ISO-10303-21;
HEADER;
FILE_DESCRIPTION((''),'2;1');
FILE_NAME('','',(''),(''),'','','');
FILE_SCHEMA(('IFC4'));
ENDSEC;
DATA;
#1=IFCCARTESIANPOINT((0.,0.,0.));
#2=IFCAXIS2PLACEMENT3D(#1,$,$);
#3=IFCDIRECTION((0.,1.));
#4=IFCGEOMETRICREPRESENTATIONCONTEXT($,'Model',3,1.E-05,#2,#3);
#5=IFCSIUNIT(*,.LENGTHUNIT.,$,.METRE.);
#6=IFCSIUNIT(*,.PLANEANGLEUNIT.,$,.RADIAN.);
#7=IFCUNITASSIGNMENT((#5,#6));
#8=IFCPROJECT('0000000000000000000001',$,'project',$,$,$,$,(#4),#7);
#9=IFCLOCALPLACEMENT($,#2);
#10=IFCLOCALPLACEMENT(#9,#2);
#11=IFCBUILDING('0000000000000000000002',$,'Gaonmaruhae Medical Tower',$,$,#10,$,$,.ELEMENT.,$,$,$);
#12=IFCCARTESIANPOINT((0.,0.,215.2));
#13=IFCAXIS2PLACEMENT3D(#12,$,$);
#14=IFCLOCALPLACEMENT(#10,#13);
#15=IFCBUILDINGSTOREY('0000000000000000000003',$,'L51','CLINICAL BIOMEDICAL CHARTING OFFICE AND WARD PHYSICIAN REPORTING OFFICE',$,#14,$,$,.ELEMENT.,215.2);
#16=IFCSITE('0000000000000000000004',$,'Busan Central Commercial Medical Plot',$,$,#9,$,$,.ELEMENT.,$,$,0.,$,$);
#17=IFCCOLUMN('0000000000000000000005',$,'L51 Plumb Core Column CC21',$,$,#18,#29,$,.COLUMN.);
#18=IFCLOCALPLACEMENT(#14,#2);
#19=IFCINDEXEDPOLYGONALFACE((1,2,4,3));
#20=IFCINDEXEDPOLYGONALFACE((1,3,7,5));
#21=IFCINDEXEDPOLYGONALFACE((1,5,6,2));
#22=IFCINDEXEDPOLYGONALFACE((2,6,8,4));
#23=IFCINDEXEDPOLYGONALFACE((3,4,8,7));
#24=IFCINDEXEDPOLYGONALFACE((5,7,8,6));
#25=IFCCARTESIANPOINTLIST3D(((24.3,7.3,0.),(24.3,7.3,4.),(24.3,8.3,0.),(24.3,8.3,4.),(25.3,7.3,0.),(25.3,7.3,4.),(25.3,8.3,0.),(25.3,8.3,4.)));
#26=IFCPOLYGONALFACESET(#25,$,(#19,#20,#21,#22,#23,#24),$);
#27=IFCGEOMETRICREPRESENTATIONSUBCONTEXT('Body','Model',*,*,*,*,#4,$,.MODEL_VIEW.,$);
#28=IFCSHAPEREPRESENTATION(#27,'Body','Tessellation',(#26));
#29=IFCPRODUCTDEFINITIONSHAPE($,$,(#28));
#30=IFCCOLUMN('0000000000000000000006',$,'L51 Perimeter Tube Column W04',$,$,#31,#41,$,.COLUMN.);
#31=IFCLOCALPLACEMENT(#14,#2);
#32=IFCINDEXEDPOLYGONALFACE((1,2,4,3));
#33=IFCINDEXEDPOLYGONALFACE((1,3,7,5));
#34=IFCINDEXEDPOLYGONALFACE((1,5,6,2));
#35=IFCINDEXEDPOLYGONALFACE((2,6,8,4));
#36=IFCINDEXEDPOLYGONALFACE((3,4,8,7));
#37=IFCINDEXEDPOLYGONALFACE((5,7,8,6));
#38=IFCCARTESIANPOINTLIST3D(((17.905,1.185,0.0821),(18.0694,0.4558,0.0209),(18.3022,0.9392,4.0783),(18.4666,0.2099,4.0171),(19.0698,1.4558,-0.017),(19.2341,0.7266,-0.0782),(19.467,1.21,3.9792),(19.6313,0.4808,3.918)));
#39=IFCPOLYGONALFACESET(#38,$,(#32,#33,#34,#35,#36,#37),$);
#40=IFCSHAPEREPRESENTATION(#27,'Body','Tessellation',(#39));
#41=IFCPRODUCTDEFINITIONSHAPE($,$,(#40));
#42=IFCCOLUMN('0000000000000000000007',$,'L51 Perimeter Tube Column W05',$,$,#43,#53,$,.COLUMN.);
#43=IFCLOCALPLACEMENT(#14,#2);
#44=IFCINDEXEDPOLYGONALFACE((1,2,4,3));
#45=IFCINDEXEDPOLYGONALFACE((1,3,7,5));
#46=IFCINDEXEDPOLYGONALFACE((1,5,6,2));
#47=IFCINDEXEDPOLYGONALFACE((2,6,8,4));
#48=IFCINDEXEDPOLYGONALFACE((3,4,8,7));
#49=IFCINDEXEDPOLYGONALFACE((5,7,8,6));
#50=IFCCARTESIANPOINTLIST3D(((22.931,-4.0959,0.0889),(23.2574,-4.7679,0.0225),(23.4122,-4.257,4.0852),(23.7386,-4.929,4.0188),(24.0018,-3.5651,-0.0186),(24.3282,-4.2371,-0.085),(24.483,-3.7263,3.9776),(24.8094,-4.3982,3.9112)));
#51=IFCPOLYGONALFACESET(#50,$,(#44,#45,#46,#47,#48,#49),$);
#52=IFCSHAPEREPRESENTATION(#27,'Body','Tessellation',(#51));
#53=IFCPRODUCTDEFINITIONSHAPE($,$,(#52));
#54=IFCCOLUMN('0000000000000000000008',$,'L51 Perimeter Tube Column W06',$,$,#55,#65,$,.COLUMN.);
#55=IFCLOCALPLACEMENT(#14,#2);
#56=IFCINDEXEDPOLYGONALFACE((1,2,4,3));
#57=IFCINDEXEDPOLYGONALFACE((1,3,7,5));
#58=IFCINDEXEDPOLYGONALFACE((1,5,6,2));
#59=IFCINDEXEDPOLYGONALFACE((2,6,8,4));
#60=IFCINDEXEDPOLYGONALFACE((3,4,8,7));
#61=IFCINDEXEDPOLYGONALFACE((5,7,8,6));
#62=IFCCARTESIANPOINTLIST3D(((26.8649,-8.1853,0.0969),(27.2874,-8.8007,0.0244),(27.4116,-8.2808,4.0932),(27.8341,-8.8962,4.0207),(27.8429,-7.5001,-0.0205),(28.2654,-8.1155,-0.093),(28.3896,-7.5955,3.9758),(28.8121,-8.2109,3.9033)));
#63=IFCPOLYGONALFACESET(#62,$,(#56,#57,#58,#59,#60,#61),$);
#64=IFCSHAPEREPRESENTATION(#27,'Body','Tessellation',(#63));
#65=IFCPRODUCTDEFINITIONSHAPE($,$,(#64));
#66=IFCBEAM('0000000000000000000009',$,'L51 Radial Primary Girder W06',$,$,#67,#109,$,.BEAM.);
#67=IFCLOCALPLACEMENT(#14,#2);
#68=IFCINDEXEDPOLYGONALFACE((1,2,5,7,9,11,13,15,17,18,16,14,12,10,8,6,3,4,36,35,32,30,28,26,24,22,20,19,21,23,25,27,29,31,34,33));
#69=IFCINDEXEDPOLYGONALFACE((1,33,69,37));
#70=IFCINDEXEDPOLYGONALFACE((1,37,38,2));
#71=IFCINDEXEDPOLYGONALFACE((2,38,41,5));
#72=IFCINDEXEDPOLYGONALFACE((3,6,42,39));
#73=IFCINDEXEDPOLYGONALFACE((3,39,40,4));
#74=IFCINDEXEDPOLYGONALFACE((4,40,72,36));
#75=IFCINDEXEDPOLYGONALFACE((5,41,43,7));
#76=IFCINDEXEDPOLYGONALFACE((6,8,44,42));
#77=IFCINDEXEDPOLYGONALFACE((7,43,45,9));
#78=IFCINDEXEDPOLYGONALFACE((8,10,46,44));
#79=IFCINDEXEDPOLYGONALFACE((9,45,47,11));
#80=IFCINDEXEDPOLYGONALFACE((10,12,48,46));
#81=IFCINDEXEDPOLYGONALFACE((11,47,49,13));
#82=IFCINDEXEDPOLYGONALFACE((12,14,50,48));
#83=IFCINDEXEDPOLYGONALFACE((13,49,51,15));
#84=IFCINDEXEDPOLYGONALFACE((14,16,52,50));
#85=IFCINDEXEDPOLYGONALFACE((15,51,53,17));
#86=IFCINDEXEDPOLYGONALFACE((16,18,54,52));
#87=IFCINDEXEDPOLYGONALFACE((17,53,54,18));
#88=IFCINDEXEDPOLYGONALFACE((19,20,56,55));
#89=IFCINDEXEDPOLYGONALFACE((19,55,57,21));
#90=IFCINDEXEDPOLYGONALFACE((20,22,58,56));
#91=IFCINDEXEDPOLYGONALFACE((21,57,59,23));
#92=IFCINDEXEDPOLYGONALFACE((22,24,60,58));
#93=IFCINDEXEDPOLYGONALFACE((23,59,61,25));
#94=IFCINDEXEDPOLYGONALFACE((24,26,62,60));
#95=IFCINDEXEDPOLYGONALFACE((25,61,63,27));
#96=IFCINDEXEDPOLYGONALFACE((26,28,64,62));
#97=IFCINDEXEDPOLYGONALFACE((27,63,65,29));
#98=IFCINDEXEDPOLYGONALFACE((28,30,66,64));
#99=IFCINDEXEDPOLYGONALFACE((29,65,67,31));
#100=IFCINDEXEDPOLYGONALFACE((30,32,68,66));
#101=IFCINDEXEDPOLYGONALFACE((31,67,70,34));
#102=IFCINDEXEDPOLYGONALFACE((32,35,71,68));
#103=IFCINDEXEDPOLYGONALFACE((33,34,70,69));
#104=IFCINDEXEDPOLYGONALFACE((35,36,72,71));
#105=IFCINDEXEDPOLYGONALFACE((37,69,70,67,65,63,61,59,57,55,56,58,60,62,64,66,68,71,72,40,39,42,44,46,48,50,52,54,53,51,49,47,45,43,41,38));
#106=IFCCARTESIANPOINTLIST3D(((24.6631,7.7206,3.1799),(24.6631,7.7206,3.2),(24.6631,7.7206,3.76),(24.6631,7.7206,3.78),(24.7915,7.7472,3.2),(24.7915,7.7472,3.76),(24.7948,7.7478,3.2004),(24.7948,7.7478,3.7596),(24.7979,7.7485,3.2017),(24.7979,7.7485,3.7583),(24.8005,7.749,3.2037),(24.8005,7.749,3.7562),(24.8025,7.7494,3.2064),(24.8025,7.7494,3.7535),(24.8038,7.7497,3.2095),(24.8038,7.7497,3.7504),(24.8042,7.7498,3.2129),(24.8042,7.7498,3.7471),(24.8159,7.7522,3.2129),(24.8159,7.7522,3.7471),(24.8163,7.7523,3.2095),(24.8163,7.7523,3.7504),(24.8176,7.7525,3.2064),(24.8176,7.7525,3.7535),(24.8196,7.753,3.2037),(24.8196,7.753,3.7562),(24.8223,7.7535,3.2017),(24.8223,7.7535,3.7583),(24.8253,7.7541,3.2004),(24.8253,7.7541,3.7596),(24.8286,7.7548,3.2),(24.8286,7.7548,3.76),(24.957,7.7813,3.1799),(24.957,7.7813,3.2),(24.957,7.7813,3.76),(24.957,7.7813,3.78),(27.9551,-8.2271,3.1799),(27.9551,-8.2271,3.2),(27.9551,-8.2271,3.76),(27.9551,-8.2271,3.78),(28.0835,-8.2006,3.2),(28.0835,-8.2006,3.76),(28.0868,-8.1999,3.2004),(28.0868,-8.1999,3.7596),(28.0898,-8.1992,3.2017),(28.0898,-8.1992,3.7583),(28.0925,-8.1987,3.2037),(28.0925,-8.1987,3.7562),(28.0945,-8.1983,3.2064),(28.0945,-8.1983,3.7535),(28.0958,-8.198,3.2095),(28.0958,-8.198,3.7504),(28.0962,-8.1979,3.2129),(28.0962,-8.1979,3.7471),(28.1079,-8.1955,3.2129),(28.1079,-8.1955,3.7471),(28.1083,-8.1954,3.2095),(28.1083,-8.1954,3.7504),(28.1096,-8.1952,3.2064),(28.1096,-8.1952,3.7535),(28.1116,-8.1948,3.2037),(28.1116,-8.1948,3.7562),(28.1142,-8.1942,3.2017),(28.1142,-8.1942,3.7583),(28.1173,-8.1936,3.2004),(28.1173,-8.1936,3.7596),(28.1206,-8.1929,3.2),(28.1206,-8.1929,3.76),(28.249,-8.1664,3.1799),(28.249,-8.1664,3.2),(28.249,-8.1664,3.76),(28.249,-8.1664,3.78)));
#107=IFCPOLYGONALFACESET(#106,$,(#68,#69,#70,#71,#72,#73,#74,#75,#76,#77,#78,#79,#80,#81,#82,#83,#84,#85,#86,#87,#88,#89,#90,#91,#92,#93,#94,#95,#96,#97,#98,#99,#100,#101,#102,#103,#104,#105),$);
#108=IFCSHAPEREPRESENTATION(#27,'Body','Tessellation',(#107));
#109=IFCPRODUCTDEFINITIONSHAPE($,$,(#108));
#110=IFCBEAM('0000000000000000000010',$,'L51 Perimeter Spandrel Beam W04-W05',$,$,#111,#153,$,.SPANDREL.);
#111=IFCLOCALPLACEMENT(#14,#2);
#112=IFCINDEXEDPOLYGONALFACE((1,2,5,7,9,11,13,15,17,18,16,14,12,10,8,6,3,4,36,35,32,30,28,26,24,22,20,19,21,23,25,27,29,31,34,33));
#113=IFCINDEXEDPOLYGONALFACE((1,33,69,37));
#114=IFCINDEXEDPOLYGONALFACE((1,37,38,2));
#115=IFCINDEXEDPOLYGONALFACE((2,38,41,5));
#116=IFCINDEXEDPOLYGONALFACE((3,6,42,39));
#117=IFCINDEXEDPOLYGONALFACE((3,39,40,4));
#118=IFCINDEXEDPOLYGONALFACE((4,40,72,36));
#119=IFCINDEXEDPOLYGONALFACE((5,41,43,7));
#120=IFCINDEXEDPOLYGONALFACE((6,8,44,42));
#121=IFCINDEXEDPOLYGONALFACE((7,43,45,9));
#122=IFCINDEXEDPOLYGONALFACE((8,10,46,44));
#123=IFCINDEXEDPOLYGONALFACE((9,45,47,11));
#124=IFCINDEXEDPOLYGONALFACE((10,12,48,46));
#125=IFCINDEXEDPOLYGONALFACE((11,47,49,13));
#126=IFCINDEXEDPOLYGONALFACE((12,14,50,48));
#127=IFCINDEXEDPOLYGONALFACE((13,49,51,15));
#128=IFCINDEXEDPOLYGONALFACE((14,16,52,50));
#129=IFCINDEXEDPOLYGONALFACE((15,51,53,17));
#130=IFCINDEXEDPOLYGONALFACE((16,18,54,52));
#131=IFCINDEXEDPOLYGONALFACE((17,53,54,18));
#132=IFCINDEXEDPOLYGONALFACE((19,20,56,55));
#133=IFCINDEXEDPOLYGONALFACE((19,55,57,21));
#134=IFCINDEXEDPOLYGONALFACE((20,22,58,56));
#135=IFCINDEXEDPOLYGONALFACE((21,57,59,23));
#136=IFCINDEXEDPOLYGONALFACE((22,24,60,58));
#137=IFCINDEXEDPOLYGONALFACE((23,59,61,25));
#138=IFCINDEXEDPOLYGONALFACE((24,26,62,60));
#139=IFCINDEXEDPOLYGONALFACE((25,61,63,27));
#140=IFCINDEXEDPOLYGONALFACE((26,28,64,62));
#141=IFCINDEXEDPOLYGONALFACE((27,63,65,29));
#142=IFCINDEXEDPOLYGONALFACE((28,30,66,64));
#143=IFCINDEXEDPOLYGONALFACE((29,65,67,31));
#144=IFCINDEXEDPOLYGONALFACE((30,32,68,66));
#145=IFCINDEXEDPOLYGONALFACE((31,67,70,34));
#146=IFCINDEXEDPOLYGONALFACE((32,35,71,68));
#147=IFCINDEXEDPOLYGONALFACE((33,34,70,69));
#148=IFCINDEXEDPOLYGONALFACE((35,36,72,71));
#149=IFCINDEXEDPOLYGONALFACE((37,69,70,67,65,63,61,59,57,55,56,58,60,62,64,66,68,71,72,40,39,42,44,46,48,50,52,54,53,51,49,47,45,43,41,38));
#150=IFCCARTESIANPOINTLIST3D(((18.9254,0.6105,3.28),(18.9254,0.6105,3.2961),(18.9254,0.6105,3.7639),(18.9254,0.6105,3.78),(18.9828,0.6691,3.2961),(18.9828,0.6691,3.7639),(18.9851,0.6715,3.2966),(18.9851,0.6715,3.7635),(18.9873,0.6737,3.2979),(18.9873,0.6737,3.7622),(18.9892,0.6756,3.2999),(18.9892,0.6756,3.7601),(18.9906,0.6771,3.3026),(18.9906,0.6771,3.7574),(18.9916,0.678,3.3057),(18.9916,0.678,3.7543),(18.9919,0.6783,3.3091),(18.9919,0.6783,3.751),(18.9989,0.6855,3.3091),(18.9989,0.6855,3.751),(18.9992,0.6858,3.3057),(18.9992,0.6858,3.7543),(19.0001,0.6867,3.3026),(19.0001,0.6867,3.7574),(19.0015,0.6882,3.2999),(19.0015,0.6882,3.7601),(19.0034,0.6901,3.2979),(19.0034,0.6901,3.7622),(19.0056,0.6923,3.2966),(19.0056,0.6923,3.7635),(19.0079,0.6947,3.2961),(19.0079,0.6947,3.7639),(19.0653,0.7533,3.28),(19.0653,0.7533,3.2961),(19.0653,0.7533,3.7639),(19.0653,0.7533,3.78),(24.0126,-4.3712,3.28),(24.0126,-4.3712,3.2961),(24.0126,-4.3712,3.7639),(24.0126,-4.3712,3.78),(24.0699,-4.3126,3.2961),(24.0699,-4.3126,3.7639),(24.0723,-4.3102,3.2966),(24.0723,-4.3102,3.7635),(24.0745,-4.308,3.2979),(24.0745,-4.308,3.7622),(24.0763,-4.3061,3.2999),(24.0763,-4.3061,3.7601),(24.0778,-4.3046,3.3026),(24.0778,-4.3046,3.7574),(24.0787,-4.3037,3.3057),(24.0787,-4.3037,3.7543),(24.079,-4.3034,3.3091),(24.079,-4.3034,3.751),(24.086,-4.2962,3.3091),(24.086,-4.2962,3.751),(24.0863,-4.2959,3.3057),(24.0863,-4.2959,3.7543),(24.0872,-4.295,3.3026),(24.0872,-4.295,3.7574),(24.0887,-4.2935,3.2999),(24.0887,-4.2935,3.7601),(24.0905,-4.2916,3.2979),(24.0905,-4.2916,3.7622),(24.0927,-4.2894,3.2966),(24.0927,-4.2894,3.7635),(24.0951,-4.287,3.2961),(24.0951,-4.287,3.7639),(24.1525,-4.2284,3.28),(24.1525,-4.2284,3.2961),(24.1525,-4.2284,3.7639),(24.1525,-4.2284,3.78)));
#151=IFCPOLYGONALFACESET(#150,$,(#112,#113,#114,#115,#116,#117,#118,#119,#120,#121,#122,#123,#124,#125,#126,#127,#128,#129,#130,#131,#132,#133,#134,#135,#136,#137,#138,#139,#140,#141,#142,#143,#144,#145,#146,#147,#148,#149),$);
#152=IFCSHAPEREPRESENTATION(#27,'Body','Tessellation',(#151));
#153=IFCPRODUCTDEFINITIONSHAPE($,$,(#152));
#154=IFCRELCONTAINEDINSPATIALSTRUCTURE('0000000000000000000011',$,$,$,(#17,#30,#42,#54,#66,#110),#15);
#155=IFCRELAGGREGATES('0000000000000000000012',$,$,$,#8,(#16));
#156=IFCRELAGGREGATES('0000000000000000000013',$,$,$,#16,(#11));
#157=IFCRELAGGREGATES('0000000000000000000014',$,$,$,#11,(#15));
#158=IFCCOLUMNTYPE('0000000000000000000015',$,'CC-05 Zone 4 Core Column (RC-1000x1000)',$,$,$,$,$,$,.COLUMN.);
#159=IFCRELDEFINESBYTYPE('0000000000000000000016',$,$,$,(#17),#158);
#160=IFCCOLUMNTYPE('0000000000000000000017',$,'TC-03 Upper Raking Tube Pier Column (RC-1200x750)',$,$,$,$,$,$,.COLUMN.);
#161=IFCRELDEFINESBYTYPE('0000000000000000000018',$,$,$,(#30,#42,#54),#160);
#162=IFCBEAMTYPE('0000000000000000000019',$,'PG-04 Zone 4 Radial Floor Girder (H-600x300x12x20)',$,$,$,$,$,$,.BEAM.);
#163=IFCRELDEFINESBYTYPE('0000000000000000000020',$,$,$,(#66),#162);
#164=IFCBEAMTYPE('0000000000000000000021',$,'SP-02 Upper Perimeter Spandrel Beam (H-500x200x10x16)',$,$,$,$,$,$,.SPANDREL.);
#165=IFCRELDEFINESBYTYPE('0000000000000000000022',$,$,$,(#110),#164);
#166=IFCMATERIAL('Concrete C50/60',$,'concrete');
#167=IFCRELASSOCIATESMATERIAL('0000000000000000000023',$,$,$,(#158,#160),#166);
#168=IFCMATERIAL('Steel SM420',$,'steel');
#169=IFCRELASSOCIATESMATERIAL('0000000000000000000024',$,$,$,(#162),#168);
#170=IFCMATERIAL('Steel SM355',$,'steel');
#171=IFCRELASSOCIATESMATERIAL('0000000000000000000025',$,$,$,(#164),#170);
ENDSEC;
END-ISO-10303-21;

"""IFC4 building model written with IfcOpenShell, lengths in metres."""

from ifc_helpers import new_model, si_unit, direction, frame, origin, origin_2d, place, context, subcontext, project, spatial, rectangle, i_section, extrude, material, material_profile, profile_set, type_object, element, save


model = new_model("IFC4")

# Units and contexts
model_context = context("Model", 3, precision=1e-05, world=origin(), true_north=direction((0.0, 1.0)))
body_context = subcontext(model_context, "Body", "Model", "MODEL_VIEW")
ifc_project = project(units=[si_unit("LENGTHUNIT", "METRE"), si_unit("PLANEANGLEUNIT", "RADIAN")], contexts=[model_context])

# Site, building, storey
site_placement = place(None, origin())
site = spatial("IfcSite", under=ifc_project, at=site_placement, Name="Busan Central Commercial Medical Plot", CompositionType="ELEMENT", RefElevation=0.0)
building_placement = place(site_placement, origin())
building = spatial("IfcBuilding", under=site, at=building_placement, Name="Gaonmaruhae Medical Tower", CompositionType="ELEMENT")
storey_placement = place(building_placement, frame((0.0, 0.0, 215.2)))
storey = spatial("IfcBuildingStorey", under=building, at=storey_placement, Name="L51", Description="CLINICAL BIOMEDICAL CHARTING OFFICE AND WARD PHYSICIAN REPORTING OFFICE", CompositionType="ELEMENT", Elevation=215.2)

# Columns
ifc_material_1 = material(Name="Concrete C50/60", Category="concrete")
ifc_material_profile_1 = material_profile(ifc_material_1, rectangle(XDim=1.0, YDim=1.0, at=origin_2d()), Name="RC-1000x1000")
ifc_profile_set_1 = profile_set([ifc_material_profile_1], Name="Concrete C50/60")
column_type_1 = type_object("IfcColumnType", Name="CC-05 Zone 4 Core Column (RC-1000x1000)", PredefinedType="COLUMN", material=ifc_profile_set_1)
column_1_placement = place(storey_placement, frame((24.8, 7.8, 0.0), z_axis=(0.0, 0.0, 1.0), x_axis=(1.0, 0.0, 0.0)))
element("IfcColumn", 1, at=column_1_placement, inside=storey, type_object=column_type_1, Name="L51 Plumb Core Column CC21", PredefinedType="COLUMN", context=body_context, shape_type="SweptSolid", body=[
    extrude(rectangle(XDim=1.0, YDim=1.0, at=origin_2d()), origin(), (0.0, 0.0, 1.0), 4.0),
])
ifc_material_profile_2 = material_profile(ifc_material_1, rectangle(XDim=1.2, YDim=0.75, at=origin_2d()), Name="RC-1200x750")
ifc_profile_set_2 = profile_set([ifc_material_profile_2], Name="Concrete C50/60")
column_type_2 = type_object("IfcColumnType", Name="TC-03 Upper Raking Tube Pier Column (RC-1200x750)", PredefinedType="COLUMN", material=ifc_profile_set_2)
column_2_placement = place(storey_placement, frame((18.5696, 0.9558, 0.002), z_axis=(0.098723, -0.061103, 0.993237), x_axis=(-0.970688, -0.225703, 0.082597)))
element("IfcColumn", 2, at=column_2_placement, inside=storey, type_object=column_type_2, Name="L51 Perimeter Tube Column W04", PredefinedType="COLUMN", context=body_context, shape_type="SweptSolid", body=[
    extrude(rectangle(XDim=1.2, YDim=0.75, at=origin_2d()), origin(), (0.0, 0.0, 1.0), 4.0234),
])
column_3_placement = place(storey_placement, frame((23.6296, -4.1665, 0.002), z_axis=(0.119451, -0.039999, 0.992034), x_axis=(-0.892373, -0.442312, 0.089617)))
element("IfcColumn", 3, at=column_3_placement, inside=storey, type_object=column_type_2, Name="L51 Perimeter Tube Column W05", PredefinedType="COLUMN", context=body_context, shape_type="SweptSolid", body=[
    extrude(rectangle(XDim=1.2, YDim=0.75, at=origin_2d()), origin(), (0.0, 0.0, 1.0), 4.0283),
])
column_4_placement = place(storey_placement, frame((27.5652, -8.1504, 0.002), z_axis=(0.135483, -0.02366, 0.990497), x_axis=(-0.815045, -0.571077, 0.097843)))
element("IfcColumn", 4, at=column_4_placement, inside=storey, type_object=column_type_2, Name="L51 Perimeter Tube Column W06", PredefinedType="COLUMN", context=body_context, shape_type="SweptSolid", body=[
    extrude(rectangle(XDim=1.2, YDim=0.75, at=origin_2d()), origin(), (0.0, 0.0, 1.0), 4.0347),
])

# Beams
ifc_material_2 = material(Name="Steel SM420", Category="steel")
ifc_material_profile_3 = material_profile(ifc_material_2, i_section(OverallWidth=0.3, OverallDepth=0.6001, WebThickness=0.012, FlangeThickness=0.02, FilletRadius=0.0129, at=origin_2d()), Name="H-600x300x12x20")
ifc_profile_set_3 = profile_set([ifc_material_profile_3], Name="Steel SM420")
beam_type_1 = type_object("IfcBeamType", Name="PG-04 Zone 4 Radial Floor Girder (H-600x300x12x20)", PredefinedType="BEAM", material=ifc_profile_set_3)
beam_1_placement = place(storey_placement, frame((24.8101, 7.751, 3.48), z_axis=(0.202161, -0.979352, 0.0), x_axis=(0.979352, 0.202161, 0.0)))
element("IfcBeam", 5, at=beam_1_placement, inside=storey, type_object=beam_type_1, Name="L51 Radial Primary Girder W06", PredefinedType="BEAM", context=body_context, shape_type="SweptSolid", body=[
    extrude(i_section(OverallWidth=0.3, OverallDepth=0.6001, WebThickness=0.012, FlangeThickness=0.02, FilletRadius=0.0129, at=origin_2d()), origin(), (0.0, 0.0, 1.0), 16.2839),
])
ifc_material_3 = material(Name="Steel SM355", Category="steel")
ifc_material_profile_4 = material_profile(ifc_material_3, i_section(OverallWidth=0.2, OverallDepth=0.5, WebThickness=0.01, FlangeThickness=0.0161, FilletRadius=0.0129, at=origin_2d()), Name="H-500x200x10x16")
ifc_profile_set_4 = profile_set([ifc_material_profile_4], Name="Steel SM355")
beam_type_2 = type_object("IfcBeamType", Name="SP-02 Upper Perimeter Spandrel Beam (H-500x200x10x16)", PredefinedType="SPANDREL", material=ifc_profile_set_4)
beam_2_placement = place(storey_placement, frame((18.9954, 0.6819, 3.53), z_axis=(0.714474, -0.699662, 0.0), x_axis=(0.699662, 0.714474, 0.0)))
element("IfcBeam", 6, at=beam_2_placement, inside=storey, type_object=beam_type_2, Name="L51 Perimeter Spandrel Beam W04-W05", PredefinedType="SPANDREL", context=body_context, shape_type="SweptSolid", body=[
    extrude(i_section(OverallWidth=0.2, OverallDepth=0.5, WebThickness=0.01, FlangeThickness=0.0161, FilletRadius=0.0129, at=origin_2d()), origin(), (0.0, 0.0, 1.0), 7.1201),
])

save(model, "model.ifc")
